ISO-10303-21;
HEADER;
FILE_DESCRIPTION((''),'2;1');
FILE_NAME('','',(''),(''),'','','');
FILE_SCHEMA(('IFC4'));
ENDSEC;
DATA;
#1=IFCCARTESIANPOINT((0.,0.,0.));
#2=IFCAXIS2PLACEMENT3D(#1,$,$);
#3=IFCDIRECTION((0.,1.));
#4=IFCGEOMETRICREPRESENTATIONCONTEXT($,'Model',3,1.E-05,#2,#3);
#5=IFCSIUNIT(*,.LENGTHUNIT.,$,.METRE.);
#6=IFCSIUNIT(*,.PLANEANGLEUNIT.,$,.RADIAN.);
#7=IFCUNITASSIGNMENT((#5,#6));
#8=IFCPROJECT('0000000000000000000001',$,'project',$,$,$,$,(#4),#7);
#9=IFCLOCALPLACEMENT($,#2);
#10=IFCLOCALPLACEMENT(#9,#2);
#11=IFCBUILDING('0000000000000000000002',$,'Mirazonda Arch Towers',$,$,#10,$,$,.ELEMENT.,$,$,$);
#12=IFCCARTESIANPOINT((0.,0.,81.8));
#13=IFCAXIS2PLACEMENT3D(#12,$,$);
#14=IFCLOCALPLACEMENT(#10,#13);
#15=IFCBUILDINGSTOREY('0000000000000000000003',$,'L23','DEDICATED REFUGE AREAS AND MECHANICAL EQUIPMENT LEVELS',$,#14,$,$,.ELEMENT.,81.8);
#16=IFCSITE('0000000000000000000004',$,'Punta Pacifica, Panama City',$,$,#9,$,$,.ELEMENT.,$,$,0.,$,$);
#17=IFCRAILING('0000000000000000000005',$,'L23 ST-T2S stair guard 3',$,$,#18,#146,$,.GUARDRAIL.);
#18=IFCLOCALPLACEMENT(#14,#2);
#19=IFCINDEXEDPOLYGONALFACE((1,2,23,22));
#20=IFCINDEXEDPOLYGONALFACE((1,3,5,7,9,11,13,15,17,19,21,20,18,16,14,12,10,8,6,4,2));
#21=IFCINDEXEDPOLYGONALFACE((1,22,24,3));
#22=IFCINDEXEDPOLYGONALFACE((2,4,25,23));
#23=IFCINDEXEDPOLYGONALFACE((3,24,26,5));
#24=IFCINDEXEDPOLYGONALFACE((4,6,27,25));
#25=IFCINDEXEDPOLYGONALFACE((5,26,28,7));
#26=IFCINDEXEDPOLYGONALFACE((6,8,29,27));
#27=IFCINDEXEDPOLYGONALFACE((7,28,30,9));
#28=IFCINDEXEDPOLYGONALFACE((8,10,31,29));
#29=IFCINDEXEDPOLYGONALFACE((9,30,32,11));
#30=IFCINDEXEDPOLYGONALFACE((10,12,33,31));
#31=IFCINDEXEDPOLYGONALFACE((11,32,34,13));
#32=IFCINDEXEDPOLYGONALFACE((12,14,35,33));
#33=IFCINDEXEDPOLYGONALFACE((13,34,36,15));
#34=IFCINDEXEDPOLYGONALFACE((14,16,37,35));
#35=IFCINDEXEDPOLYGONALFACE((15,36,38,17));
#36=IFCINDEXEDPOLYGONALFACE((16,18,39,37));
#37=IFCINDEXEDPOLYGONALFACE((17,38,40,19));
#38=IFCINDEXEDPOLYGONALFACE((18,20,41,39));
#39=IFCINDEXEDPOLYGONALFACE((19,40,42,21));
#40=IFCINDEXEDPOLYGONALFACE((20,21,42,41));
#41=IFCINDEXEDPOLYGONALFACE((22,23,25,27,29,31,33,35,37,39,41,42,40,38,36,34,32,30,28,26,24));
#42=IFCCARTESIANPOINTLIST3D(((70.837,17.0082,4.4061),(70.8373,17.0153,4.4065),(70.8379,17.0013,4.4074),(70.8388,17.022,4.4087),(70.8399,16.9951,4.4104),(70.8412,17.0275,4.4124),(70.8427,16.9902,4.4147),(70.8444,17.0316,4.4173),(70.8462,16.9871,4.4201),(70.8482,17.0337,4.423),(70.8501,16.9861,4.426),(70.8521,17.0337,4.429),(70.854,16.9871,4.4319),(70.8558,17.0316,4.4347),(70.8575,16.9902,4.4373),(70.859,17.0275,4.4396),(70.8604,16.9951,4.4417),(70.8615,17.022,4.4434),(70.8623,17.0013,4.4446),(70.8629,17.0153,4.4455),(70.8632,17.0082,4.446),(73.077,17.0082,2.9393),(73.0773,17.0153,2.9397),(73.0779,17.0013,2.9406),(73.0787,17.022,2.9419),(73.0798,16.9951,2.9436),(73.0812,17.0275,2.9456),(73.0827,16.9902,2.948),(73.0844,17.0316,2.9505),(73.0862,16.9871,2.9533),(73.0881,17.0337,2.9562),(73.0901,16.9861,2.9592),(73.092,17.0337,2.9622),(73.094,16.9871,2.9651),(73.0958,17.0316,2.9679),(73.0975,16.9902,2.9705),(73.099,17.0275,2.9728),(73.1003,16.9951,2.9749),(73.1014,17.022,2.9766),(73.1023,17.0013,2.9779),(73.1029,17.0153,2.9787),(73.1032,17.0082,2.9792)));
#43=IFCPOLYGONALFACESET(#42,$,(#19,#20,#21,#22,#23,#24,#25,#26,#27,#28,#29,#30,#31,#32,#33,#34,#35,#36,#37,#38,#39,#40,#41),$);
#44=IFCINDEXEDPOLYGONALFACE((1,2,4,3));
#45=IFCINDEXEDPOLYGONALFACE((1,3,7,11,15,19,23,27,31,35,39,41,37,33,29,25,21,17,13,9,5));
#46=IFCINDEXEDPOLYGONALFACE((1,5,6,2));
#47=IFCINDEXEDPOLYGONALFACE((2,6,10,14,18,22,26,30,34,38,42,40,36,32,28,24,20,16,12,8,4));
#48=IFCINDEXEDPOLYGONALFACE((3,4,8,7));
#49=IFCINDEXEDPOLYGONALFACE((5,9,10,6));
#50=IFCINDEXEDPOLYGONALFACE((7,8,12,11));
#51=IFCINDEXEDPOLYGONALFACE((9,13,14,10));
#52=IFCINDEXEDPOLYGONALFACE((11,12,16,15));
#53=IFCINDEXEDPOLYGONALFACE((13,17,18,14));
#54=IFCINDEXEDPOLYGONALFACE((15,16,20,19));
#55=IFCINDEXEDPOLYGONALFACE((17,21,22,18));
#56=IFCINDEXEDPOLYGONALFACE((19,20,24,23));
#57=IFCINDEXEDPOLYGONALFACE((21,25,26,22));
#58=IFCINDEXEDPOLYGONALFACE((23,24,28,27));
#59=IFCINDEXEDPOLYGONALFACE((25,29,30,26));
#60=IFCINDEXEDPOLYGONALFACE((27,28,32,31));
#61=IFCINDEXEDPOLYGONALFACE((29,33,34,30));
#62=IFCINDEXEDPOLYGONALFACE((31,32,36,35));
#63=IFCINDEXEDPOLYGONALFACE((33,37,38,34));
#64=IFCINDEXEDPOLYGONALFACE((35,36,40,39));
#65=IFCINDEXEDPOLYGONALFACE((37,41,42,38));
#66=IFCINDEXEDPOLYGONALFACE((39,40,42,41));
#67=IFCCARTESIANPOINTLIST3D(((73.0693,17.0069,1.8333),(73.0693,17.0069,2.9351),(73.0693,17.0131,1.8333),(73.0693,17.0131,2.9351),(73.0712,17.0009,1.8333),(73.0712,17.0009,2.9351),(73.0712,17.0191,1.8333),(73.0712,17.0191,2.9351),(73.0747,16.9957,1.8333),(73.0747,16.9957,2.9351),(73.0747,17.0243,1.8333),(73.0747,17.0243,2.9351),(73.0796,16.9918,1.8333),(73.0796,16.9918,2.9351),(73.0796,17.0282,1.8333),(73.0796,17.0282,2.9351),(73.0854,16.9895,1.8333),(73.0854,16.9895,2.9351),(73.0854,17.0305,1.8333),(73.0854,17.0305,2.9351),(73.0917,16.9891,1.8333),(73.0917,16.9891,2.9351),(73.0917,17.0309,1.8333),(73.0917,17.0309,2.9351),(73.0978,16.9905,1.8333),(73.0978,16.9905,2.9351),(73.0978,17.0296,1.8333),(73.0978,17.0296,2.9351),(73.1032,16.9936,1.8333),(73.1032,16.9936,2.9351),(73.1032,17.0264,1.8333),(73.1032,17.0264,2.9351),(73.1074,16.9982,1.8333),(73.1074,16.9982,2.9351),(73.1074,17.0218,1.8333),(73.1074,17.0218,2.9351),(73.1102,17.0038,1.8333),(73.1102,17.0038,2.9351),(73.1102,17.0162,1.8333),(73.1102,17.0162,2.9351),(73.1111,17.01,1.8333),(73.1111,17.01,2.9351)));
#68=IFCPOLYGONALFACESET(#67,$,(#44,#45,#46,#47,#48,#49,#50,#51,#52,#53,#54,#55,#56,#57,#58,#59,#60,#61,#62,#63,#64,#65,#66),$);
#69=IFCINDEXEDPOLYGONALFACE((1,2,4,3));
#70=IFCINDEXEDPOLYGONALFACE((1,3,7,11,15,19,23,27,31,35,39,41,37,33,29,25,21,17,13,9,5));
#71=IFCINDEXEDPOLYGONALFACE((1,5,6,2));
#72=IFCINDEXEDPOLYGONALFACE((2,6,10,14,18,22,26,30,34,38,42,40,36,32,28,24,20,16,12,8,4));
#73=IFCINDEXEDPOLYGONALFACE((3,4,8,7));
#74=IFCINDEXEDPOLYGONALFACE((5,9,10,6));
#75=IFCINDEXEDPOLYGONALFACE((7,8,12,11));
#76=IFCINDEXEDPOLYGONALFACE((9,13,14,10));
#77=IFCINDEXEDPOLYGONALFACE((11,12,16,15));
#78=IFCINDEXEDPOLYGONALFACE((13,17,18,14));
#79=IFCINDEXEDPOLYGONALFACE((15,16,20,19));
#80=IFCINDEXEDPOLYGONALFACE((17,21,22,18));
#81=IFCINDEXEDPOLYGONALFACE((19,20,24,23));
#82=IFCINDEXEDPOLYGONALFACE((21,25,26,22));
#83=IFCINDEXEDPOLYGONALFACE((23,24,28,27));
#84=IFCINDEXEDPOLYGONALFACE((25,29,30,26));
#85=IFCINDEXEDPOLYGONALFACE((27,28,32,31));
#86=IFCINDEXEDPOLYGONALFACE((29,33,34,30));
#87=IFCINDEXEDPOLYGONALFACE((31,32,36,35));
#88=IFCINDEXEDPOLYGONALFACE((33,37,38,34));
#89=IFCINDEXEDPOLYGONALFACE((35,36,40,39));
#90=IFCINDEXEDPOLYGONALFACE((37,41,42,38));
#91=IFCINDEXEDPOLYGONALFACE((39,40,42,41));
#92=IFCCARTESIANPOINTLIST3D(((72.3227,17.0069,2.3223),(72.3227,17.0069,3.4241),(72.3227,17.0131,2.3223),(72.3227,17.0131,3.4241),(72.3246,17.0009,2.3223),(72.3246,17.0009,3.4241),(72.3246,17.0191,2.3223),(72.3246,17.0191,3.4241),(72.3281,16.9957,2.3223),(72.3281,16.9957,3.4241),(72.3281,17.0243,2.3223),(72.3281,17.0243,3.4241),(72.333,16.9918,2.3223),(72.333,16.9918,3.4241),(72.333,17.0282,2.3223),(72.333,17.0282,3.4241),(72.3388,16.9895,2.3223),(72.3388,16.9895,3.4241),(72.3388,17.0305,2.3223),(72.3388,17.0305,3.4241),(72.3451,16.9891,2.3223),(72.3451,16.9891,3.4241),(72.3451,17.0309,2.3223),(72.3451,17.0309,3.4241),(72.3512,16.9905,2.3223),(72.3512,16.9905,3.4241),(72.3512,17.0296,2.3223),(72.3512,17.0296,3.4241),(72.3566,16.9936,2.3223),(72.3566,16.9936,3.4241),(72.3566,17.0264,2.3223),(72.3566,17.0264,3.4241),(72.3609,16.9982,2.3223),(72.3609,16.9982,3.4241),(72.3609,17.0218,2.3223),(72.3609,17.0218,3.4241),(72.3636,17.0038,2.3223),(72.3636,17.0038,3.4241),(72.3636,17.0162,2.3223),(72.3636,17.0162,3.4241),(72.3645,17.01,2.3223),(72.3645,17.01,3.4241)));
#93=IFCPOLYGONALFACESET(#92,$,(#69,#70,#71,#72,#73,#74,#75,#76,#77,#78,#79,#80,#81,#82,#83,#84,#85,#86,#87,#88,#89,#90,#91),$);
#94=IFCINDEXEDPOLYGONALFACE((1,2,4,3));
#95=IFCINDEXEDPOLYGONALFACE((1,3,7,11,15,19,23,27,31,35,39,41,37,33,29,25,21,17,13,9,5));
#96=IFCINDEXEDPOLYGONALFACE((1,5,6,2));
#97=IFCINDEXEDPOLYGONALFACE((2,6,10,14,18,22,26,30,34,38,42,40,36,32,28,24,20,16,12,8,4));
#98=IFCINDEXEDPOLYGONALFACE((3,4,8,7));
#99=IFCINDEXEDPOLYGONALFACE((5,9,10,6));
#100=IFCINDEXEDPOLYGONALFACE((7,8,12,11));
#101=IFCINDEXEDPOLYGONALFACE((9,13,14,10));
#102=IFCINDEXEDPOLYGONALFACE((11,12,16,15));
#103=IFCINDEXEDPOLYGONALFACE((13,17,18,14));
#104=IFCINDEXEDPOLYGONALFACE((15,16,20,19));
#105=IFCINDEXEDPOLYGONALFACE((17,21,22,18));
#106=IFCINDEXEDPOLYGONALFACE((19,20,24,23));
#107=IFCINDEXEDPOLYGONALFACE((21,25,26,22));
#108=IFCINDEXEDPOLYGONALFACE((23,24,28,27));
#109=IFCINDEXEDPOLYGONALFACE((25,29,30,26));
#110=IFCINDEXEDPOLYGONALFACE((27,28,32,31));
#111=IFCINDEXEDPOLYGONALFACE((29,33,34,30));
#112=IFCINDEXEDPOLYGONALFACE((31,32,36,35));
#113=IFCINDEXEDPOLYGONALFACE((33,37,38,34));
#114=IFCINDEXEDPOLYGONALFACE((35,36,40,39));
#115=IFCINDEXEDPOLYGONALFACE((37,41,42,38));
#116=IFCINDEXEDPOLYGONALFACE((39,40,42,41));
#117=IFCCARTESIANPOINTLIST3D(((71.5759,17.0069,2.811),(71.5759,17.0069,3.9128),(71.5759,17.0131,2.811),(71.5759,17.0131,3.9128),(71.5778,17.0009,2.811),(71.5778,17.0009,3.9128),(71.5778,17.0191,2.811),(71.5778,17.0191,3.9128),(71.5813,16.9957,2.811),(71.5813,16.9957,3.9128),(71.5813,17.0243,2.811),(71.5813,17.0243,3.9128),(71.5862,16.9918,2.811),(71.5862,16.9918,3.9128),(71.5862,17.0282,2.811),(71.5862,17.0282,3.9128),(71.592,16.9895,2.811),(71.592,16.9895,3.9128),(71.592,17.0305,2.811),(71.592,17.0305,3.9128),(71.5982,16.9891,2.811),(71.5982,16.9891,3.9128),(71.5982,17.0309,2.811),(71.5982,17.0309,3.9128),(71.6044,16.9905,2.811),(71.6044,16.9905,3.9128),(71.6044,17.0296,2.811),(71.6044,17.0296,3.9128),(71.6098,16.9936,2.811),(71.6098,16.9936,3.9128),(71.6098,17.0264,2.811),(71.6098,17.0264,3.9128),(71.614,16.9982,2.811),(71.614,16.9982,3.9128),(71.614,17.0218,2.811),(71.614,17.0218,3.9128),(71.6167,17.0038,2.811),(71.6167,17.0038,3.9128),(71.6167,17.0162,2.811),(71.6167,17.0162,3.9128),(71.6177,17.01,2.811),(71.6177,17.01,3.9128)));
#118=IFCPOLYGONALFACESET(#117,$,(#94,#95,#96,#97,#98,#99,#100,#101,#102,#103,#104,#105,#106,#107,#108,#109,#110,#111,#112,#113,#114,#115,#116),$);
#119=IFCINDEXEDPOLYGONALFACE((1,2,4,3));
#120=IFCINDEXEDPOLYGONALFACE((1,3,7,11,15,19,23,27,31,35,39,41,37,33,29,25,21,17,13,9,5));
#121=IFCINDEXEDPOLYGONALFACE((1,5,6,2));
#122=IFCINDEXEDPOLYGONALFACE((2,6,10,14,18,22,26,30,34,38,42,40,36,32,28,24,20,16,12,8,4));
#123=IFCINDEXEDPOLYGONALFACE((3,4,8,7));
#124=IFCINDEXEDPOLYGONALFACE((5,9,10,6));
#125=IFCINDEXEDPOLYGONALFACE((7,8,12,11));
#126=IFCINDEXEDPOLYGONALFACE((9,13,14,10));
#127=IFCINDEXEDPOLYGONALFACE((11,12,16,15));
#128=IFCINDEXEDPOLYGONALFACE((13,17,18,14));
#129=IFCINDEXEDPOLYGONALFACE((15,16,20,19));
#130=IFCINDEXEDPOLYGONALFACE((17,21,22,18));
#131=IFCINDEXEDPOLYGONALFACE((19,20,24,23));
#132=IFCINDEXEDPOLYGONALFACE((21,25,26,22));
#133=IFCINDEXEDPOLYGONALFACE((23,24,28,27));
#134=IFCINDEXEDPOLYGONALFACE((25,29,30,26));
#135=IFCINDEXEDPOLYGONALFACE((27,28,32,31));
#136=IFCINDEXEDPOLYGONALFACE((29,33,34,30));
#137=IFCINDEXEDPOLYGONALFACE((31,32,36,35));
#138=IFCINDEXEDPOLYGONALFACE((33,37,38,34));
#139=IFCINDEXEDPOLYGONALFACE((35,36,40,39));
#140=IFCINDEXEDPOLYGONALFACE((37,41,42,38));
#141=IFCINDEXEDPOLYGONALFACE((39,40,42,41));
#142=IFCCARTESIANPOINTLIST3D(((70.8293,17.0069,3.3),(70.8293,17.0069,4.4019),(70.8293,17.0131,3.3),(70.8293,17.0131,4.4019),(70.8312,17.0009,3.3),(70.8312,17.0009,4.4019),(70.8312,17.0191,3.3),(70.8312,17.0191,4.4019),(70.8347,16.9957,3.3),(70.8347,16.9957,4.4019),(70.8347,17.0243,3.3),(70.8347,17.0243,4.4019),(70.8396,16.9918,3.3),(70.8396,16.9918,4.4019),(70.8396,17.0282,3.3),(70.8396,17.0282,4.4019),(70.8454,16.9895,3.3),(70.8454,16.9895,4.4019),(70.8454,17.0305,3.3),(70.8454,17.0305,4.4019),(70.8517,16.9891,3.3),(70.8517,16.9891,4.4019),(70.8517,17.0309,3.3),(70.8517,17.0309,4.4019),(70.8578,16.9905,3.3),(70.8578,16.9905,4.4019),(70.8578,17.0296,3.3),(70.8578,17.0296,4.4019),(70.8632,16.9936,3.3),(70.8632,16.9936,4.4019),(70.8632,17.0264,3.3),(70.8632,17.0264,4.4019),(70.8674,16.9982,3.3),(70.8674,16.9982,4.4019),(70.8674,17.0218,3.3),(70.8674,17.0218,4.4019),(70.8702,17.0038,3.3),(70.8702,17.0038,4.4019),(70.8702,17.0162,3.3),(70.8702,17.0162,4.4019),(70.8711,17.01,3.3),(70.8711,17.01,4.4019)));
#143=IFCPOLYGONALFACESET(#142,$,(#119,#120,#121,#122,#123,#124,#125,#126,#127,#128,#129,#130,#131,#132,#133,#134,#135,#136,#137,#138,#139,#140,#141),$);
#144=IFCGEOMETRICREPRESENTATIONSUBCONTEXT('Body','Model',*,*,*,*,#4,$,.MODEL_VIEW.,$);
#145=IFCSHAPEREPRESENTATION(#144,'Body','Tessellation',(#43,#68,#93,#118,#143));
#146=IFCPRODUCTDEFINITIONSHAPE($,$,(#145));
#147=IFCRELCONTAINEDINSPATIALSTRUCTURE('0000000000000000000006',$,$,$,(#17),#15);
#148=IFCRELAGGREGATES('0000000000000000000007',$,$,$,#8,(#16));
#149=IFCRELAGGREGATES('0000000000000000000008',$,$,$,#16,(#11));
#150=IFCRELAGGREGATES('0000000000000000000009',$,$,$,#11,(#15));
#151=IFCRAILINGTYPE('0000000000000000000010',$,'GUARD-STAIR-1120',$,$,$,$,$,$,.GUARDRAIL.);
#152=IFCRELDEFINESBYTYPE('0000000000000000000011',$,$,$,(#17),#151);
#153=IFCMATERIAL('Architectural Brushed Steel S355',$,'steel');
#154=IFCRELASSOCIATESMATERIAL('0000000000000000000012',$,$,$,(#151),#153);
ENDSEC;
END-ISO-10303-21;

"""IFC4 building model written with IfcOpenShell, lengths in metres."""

from ifc_helpers import new_model, si_unit, direction, frame, origin, origin_2d, place, context, subcontext, project, spatial, circle, extrude, material, type_object, element, save


model = new_model("IFC4")

# Units and contexts
model_context = context("Model", 3, precision=1e-05, world=origin(), true_north=direction((0.0, 1.0)))
body_context = subcontext(model_context, "Body", "Model", "MODEL_VIEW")
ifc_project = project(units=[si_unit("LENGTHUNIT", "METRE"), si_unit("PLANEANGLEUNIT", "RADIAN")], contexts=[model_context])

# Site, building, storey
site_placement = place(None, origin())
site = spatial("IfcSite", under=ifc_project, at=site_placement, Name="Punta Pacifica, Panama City", CompositionType="ELEMENT", RefElevation=0.0)
building_placement = place(site_placement, origin())
building = spatial("IfcBuilding", under=site, at=building_placement, Name="Mirazonda Arch Towers", CompositionType="ELEMENT")
storey_placement = place(building_placement, frame((0.0, 0.0, 81.8)))
storey = spatial("IfcBuildingStorey", under=building, at=storey_placement, Name="L23", Description="DEDICATED REFUGE AREAS AND MECHANICAL EQUIPMENT LEVELS", CompositionType="ELEMENT", Elevation=81.8)

# Shared definitions
ifc_material_1 = material(Name="Architectural Brushed Steel S355", Category="steel")

# Railing
railing_type_1 = type_object("IfcRailingType", Name="GUARD-STAIR-1120", PredefinedType="GUARDRAIL", material=ifc_material_1)
railing_1_placement = place(storey_placement, frame((73.0901, 17.01, 1.8333)))
element("IfcRailing", 1, at=railing_1_placement, inside=storey, type_object=railing_type_1, Name="L23 ST-T2S stair guard 3", PredefinedType="GUARDRAIL", context=body_context, shape_type="SweptSolid", body=[
    extrude(circle(Radius=0.0239, at=origin_2d()), frame((0.0, 0.0, 1.126), z_axis=(-0.836595, 0.0, 0.547822), x_axis=(0.0, -1.0, 0.0)), (0.0, 0.0, 1.0), 2.6775),
    extrude(circle(Radius=0.021, at=origin_2d()), origin(), (0.0, 0.0, 1.0), 1.1018),
    extrude(circle(Radius=0.021, at=origin_2d()), frame((-0.7466, 0.0, 0.489)), (0.0, 0.0, 1.0), 1.1018),
    extrude(circle(Radius=0.021, at=origin_2d()), frame((-1.4934, 0.0, 0.9778)), (0.0, 0.0, 1.0), 1.1018),
    extrude(circle(Radius=0.021, at=origin_2d()), frame((-2.24, 0.0, 1.4668)), (0.0, 0.0, 1.0), 1.1018),
])

save(model, "model.ifc")
